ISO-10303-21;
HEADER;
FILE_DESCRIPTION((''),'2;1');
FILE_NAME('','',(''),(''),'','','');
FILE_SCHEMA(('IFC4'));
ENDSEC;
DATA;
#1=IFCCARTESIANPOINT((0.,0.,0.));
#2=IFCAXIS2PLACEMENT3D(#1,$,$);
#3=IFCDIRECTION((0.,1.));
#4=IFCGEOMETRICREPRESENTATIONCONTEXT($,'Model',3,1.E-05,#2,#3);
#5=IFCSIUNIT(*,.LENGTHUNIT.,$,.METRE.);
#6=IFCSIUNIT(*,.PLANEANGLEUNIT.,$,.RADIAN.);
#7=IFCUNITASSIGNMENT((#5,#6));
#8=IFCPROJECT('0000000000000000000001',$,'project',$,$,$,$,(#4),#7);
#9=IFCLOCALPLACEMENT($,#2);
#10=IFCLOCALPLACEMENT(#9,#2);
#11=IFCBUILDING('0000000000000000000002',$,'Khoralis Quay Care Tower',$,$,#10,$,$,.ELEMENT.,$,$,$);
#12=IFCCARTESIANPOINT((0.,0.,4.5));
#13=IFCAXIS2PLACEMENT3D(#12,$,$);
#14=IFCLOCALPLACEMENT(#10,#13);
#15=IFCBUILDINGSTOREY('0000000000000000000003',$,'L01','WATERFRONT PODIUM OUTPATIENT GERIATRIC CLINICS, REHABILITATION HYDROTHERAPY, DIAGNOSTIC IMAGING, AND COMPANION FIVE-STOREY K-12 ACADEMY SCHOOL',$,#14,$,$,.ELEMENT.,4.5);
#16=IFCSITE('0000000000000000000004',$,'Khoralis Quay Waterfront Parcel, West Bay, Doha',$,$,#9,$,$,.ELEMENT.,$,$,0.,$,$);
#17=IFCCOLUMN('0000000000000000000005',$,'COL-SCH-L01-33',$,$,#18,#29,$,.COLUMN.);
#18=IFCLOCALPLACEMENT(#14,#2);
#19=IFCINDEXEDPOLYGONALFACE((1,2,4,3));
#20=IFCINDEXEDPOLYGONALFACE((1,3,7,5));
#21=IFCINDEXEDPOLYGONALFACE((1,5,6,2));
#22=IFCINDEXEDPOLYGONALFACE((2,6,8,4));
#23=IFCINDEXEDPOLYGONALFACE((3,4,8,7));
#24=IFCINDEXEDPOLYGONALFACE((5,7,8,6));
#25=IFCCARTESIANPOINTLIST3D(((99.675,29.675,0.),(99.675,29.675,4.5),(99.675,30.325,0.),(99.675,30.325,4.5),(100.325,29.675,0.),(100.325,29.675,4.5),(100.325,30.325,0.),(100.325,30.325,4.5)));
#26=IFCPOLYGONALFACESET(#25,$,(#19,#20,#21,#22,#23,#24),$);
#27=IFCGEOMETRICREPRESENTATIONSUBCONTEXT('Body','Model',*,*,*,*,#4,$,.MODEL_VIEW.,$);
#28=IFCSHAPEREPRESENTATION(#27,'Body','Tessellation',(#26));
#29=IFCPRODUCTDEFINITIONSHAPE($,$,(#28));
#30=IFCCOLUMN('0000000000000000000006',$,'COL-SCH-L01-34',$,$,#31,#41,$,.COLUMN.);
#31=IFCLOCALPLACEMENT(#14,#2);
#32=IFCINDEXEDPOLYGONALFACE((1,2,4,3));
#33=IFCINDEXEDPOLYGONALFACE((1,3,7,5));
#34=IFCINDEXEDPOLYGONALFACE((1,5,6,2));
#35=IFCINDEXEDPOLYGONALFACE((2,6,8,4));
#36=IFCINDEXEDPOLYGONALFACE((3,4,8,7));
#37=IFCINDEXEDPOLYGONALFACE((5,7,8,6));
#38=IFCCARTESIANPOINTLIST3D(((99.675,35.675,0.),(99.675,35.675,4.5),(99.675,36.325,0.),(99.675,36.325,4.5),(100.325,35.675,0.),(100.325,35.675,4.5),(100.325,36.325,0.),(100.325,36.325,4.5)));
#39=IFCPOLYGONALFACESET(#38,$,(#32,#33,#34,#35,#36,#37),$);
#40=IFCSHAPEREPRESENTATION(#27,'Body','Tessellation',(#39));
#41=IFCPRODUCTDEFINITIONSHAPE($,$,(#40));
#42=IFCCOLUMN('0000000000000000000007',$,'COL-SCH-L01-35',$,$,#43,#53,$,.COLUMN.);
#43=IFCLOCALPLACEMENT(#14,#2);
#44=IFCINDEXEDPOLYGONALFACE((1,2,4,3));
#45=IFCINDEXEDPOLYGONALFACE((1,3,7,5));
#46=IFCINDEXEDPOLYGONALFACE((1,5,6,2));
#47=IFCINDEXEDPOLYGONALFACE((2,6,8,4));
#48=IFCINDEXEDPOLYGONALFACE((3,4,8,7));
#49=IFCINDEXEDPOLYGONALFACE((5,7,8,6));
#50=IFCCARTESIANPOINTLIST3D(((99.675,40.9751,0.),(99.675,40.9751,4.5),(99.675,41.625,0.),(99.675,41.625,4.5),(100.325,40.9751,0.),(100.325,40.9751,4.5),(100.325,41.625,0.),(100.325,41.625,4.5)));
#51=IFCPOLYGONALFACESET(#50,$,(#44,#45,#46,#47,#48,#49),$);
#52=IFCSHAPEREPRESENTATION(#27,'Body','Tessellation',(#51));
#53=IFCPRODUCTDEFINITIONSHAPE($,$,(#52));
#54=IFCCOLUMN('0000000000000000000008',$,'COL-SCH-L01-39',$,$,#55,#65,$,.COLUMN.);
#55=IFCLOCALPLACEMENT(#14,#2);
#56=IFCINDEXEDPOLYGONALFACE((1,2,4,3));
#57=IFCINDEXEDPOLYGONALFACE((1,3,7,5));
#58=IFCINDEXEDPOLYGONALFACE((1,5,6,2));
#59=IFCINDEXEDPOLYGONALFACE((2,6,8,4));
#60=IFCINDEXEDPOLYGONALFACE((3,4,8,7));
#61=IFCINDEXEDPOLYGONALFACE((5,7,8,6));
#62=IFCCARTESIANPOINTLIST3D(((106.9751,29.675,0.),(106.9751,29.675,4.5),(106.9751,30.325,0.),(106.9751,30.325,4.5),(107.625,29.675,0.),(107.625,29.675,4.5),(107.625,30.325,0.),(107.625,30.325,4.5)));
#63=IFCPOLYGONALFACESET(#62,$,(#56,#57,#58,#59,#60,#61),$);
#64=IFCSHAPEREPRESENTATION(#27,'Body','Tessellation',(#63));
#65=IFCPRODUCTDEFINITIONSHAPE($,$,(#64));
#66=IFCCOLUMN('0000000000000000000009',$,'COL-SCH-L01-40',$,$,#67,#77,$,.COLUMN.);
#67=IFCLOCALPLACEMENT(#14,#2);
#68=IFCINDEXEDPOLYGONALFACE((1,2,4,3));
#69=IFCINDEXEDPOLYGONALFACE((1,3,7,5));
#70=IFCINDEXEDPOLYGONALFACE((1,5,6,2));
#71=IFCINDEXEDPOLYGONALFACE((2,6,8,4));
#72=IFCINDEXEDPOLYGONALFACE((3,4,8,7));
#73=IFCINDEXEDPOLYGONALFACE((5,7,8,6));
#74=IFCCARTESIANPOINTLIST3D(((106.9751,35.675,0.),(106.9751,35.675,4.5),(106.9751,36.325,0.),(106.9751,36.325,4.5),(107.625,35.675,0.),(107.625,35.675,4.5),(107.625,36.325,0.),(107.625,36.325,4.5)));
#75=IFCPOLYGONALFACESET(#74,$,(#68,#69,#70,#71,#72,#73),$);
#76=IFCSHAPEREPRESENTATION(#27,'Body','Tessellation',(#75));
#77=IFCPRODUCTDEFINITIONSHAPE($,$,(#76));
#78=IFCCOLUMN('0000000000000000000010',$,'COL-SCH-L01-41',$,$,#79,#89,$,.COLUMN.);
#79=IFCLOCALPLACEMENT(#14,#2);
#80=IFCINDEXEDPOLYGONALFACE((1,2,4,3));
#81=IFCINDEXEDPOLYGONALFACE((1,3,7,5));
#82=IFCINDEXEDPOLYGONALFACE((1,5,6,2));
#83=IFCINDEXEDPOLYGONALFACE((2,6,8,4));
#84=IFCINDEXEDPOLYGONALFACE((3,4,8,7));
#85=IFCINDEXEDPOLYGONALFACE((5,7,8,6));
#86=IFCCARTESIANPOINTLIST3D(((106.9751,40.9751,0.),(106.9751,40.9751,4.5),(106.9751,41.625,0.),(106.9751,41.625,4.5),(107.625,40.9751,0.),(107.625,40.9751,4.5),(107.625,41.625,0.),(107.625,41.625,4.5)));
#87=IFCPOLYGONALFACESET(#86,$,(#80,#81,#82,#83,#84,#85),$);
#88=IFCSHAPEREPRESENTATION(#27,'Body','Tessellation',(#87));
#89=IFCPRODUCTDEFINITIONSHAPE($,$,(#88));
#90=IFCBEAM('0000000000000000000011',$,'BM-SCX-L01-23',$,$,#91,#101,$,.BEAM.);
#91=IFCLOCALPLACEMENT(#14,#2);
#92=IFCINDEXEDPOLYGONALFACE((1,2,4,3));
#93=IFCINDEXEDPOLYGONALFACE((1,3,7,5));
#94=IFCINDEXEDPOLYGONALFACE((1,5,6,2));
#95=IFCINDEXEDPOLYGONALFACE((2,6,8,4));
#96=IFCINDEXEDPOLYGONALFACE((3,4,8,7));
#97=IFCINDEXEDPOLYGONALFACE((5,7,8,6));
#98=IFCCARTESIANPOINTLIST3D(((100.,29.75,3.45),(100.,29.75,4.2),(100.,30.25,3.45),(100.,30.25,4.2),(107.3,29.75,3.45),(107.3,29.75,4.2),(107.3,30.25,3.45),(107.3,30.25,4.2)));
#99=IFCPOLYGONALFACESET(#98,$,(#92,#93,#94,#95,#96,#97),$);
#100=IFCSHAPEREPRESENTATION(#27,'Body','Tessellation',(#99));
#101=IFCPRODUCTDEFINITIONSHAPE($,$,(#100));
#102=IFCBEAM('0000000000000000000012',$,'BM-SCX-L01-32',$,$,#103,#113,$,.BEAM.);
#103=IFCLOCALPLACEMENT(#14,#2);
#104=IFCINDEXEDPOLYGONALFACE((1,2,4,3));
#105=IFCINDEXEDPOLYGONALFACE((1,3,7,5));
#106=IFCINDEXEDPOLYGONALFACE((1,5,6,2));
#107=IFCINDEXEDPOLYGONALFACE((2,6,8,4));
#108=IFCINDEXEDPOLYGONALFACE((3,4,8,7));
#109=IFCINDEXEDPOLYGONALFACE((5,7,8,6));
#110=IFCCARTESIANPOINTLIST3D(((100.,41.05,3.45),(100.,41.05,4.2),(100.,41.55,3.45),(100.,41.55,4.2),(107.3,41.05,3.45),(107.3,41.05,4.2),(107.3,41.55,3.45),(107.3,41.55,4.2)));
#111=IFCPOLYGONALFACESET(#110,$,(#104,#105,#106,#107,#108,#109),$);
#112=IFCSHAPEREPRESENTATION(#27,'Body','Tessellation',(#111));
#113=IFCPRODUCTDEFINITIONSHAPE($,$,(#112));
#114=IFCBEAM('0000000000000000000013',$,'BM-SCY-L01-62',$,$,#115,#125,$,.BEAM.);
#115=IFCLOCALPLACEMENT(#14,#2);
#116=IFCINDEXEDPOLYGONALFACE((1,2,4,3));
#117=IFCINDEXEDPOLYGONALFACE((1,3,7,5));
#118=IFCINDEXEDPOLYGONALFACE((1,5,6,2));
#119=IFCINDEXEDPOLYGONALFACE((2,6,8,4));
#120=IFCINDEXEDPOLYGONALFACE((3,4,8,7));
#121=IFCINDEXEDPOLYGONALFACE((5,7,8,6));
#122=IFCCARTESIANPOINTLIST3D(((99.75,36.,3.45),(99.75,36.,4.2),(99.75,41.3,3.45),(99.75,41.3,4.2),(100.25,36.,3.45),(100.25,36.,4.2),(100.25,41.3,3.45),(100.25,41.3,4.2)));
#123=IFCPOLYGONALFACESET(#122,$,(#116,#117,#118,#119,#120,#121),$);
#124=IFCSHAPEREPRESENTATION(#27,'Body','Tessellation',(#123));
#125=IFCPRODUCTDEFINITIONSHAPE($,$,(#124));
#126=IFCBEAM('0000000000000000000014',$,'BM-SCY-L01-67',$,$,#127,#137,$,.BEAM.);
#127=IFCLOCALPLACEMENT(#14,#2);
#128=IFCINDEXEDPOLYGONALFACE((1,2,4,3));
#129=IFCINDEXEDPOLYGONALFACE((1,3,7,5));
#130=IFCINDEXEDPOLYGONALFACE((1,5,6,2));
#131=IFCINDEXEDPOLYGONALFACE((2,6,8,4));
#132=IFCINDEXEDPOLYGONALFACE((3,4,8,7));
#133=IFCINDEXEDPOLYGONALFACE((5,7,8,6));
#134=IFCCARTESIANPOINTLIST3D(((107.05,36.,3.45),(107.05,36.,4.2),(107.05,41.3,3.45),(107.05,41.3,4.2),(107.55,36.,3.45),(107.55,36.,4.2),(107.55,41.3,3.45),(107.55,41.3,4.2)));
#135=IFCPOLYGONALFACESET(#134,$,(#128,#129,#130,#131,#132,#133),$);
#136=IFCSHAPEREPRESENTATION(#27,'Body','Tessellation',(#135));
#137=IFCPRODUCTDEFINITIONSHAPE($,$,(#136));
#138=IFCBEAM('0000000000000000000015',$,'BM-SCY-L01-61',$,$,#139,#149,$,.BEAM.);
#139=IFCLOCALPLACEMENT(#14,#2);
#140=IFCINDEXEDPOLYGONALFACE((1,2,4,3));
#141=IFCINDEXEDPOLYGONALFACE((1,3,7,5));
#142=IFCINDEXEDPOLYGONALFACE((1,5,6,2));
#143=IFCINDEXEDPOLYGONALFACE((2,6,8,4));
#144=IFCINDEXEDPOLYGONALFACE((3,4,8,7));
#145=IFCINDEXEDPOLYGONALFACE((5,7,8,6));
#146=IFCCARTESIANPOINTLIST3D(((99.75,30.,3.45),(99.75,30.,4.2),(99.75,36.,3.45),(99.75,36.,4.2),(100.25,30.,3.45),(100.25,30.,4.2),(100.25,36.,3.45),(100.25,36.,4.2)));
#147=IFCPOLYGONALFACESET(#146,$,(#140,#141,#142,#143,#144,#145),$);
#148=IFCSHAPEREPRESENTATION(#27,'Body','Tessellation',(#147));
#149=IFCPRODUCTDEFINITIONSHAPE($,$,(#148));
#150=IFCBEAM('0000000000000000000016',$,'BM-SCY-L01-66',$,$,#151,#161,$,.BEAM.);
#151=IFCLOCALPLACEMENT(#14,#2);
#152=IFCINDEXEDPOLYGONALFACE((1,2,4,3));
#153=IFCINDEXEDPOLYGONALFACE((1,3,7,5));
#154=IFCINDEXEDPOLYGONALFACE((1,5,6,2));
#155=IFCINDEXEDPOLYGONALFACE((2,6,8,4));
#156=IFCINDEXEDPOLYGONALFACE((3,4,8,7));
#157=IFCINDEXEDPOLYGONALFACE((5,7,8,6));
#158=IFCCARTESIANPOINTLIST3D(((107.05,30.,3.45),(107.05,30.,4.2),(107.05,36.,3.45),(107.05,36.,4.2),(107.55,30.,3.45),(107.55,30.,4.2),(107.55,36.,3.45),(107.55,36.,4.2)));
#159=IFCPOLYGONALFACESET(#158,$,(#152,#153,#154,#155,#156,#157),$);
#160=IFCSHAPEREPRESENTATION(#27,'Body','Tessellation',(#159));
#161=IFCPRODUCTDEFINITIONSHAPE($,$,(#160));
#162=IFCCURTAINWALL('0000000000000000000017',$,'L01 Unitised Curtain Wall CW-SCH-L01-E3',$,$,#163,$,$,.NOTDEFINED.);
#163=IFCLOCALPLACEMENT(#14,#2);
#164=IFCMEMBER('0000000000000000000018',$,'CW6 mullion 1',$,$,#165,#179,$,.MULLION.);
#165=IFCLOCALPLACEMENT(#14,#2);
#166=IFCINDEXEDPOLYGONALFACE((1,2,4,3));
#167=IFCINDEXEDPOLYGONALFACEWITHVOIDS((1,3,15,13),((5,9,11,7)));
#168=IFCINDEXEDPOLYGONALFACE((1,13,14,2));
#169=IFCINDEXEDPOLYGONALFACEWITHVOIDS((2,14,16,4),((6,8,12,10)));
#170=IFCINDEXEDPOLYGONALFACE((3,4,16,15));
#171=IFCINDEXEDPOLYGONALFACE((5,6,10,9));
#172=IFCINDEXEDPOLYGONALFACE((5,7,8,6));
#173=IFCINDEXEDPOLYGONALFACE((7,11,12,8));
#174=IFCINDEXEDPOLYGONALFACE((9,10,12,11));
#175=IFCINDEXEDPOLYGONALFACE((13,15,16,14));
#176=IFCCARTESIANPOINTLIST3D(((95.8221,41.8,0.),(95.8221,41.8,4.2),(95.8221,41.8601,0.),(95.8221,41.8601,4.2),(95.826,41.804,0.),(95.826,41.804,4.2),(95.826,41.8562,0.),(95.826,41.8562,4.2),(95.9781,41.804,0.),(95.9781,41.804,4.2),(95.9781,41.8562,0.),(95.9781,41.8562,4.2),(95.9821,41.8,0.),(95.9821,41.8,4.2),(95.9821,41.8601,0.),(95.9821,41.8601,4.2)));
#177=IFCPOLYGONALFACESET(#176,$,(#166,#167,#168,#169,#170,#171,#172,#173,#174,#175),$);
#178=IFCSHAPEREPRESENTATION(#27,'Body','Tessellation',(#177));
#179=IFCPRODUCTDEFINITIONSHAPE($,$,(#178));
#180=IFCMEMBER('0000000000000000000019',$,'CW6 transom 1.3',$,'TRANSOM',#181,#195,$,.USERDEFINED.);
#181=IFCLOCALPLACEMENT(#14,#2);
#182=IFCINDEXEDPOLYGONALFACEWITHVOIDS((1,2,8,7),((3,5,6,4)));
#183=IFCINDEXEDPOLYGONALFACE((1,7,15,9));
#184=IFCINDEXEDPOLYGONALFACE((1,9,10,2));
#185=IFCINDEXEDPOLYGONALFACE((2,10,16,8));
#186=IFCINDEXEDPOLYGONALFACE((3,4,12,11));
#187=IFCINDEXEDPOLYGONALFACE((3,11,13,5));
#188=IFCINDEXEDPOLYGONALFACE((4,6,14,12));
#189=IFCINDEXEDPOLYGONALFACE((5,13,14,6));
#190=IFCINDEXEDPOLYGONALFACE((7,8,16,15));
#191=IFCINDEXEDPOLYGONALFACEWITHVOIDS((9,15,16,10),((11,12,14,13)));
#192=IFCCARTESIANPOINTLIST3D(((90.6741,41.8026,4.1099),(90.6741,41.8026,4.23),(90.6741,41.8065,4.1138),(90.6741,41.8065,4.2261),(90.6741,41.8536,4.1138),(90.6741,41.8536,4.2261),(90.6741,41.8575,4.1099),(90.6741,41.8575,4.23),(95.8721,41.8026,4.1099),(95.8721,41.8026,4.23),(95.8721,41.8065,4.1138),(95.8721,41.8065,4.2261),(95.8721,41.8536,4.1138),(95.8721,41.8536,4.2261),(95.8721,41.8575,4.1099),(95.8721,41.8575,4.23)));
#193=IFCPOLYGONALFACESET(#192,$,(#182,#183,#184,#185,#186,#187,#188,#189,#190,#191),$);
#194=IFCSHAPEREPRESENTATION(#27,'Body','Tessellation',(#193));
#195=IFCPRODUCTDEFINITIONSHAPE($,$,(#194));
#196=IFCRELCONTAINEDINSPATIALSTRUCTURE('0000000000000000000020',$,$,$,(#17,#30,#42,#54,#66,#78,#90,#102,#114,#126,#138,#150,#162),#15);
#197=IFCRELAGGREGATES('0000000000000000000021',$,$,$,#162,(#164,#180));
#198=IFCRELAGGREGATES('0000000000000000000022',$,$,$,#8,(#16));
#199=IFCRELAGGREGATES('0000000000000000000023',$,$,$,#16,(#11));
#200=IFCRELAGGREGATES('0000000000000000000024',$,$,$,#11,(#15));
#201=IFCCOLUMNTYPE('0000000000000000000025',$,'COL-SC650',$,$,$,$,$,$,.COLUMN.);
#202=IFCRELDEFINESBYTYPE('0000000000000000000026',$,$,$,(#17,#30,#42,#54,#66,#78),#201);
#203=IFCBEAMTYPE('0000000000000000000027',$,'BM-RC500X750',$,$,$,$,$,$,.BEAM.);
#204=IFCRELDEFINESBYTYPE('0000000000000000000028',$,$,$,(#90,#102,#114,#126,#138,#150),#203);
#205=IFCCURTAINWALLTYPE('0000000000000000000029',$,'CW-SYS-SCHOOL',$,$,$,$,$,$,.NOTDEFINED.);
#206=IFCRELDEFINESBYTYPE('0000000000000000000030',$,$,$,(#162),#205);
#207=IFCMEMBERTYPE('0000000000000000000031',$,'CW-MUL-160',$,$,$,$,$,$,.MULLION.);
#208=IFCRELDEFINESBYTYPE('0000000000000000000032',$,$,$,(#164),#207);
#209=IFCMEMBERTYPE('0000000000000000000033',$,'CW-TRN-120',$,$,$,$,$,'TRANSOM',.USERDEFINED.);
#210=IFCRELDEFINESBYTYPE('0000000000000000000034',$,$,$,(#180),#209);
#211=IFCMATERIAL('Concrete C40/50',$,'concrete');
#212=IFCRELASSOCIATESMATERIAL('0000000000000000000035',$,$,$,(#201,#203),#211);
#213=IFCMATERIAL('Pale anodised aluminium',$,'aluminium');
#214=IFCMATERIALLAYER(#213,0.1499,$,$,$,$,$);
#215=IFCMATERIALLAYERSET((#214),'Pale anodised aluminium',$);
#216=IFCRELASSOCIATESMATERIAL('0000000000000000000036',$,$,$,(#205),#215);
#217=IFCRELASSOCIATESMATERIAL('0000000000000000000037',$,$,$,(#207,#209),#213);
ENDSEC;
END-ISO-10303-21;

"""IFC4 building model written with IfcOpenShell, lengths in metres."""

from ifc_helpers import new_model, si_unit, direction, frame, origin, origin_2d, place, context, subcontext, project, spatial, rectangle, hollow_rectangle, extrude, source, transform, mapped, material, layer, layer_set, material_profile, profile_set, type_object, element, aggregate, save


model = new_model("IFC4")

# Units and contexts
model_context = context("Model", 3, precision=1e-05, world=origin(), true_north=direction((0.0, 1.0)))
body_context = subcontext(model_context, "Body", "Model", "MODEL_VIEW")
ifc_project = project(units=[si_unit("LENGTHUNIT", "METRE"), si_unit("PLANEANGLEUNIT", "RADIAN")], contexts=[model_context])

# Site, building, storey
site_placement = place(None, origin())
site = spatial("IfcSite", under=ifc_project, at=site_placement, Name="Khoralis Quay Waterfront Parcel, West Bay, Doha", CompositionType="ELEMENT", RefElevation=0.0)
building_placement = place(site_placement, origin())
building = spatial("IfcBuilding", under=site, at=building_placement, Name="Khoralis Quay Care Tower", CompositionType="ELEMENT")
storey_placement = place(building_placement, frame((0.0, 0.0, 4.5)))
storey = spatial("IfcBuildingStorey", under=building, at=storey_placement, Name="L01", Description="WATERFRONT PODIUM OUTPATIENT GERIATRIC CLINICS, REHABILITATION HYDROTHERAPY, DIAGNOSTIC IMAGING, AND COMPANION FIVE-STOREY K-12 ACADEMY SCHOOL", CompositionType="ELEMENT", Elevation=4.5)

# Columns
ifc_material_1 = material(Name="Concrete C40/50", Category="concrete")
ifc_material_profile_1 = material_profile(ifc_material_1, rectangle(XDim=0.6499, YDim=0.6499, at=origin_2d()), Name="Concrete C40/50")
ifc_profile_set_1 = profile_set([ifc_material_profile_1], Name="Concrete C40/50")
column_type = type_object("IfcColumnType", Name="COL-SC650", PredefinedType="COLUMN", material=ifc_profile_set_1)
shared_shape_1 = source(origin(), body_context, "Body", "SweptSolid", [
    extrude(rectangle(XDim=0.6499, YDim=0.6499, at=origin_2d()), origin(), (0.0, 0.0, 1.0), 4.5),
])
for number, where, z_axis, x_axis, name in (
    (1, (100.0, 30.0, 0.0), (0.0, 0.0, 1.0), (1.0, 0.0, 0.0), "COL-SCH-L01-33"),
    (2, (100.0, 36.0, 0.0), (0.0, 0.0, 1.0), (1.0, 0.0, 0.0), "COL-SCH-L01-34"),
    (3, (100.0, 41.3, 0.0), (0.0, 0.0, 1.0), (1.0, 0.0, 0.0), "COL-SCH-L01-35"),
    (4, (107.3, 30.0, 0.0), (0.0, 0.0, 1.0), (1.0, 0.0, 0.0), "COL-SCH-L01-39"),
    (5, (107.3, 36.0, 0.0), (0.0, 0.0, 1.0), (1.0, 0.0, 0.0), "COL-SCH-L01-40"),
    (6, (107.3, 41.3, 0.0), (0.0, 0.0, 1.0), (1.0, 0.0, 0.0), "COL-SCH-L01-41"),
):
    element("IfcColumn", number, at=place(storey_placement, frame(where, z_axis=z_axis, x_axis=x_axis)), inside=storey, type_object=column_type, Name=name, PredefinedType="COLUMN", context=body_context, shape_type="MappedRepresentation", body=[
        mapped(shared_shape_1, transform((0.0, 0.0, 0.0), scale=1.0)),
    ])

# Beams
ifc_material_profile_2 = material_profile(ifc_material_1, rectangle(XDim=0.5, YDim=0.75, at=origin_2d()), Name="Concrete C40/50")
ifc_profile_set_2 = profile_set([ifc_material_profile_2], Name="Concrete C40/50")
beam_type = type_object("IfcBeamType", Name="BM-RC500X750", PredefinedType="BEAM", material=ifc_profile_set_2)
shared_shape_2 = source(origin(), body_context, "Body", "SweptSolid", [
    extrude(rectangle(XDim=0.5, YDim=0.75, at=origin_2d()), origin(), (0.0, 0.0, 1.0), 7.3),
])
for number, where, z_axis, x_axis, name in (
    (7, (100.0, 30.0, 3.825), (1.0, 0.0, 0.0), (0.0, 1.0, 0.0), "BM-SCX-L01-23"),
    (8, (100.0, 41.3, 3.825), (1.0, 0.0, 0.0), (0.0, 1.0, 0.0), "BM-SCX-L01-32"),
):
    element("IfcBeam", number, at=place(storey_placement, frame(where, z_axis=z_axis, x_axis=x_axis)), inside=storey, type_object=beam_type, Name=name, PredefinedType="BEAM", context=body_context, shape_type="MappedRepresentation", body=[
        mapped(shared_shape_2, transform((0.0, 0.0, 0.0), scale=1.0)),
    ])
shared_shape_3 = source(origin(), body_context, "Body", "SweptSolid", [
    extrude(rectangle(XDim=0.5, YDim=0.75, at=origin_2d()), origin(), (0.0, 0.0, 1.0), 5.3),
])
for number, where, z_axis, x_axis, name in (
    (9, (100.0, 36.0, 3.825), (0.0, 1.0, 0.0), (-1.0, 0.0, 0.0), "BM-SCY-L01-62"),
    (10, (107.3, 36.0, 3.825), (0.0, 1.0, 0.0), (-1.0, 0.0, 0.0), "BM-SCY-L01-67"),
):
    element("IfcBeam", number, at=place(storey_placement, frame(where, z_axis=z_axis, x_axis=x_axis)), inside=storey, type_object=beam_type, Name=name, PredefinedType="BEAM", context=body_context, shape_type="MappedRepresentation", body=[
        mapped(shared_shape_3, transform((0.0, 0.0, 0.0), scale=1.0)),
    ])
shared_shape_4 = source(origin(), body_context, "Body", "SweptSolid", [
    extrude(rectangle(XDim=0.5, YDim=0.75, at=origin_2d()), origin(), (0.0, 0.0, 1.0), 6.0),
])
for number, where, z_axis, x_axis, name in (
    (11, (100.0, 30.0, 3.825), (0.0, 1.0, 0.0), (-1.0, 0.0, 0.0), "BM-SCY-L01-61"),
    (12, (107.3, 30.0, 3.825), (0.0, 1.0, 0.0), (-1.0, 0.0, 0.0), "BM-SCY-L01-66"),
):
    element("IfcBeam", number, at=place(storey_placement, frame(where, z_axis=z_axis, x_axis=x_axis)), inside=storey, type_object=beam_type, Name=name, PredefinedType="BEAM", context=body_context, shape_type="MappedRepresentation", body=[
        mapped(shared_shape_4, transform((0.0, 0.0, 0.0), scale=1.0)),
    ])

# Curtain wall, members
ifc_material_2 = material(Name="Pale anodised aluminium", Category="aluminium")
ifc_layer_1 = layer(ifc_material_2, 0.1499)
ifc_layer_set_1 = layer_set([ifc_layer_1], Name="Pale anodised aluminium")
curtain_wall_type = type_object("IfcCurtainWallType", Name="CW-SYS-SCHOOL", PredefinedType="NOTDEFINED", material=ifc_layer_set_1)
curtain_wall_placement = place(storey_placement, origin())
curtain_wall = element("IfcCurtainWall", 13, at=curtain_wall_placement, inside=storey, type_object=curtain_wall_type, Name="L01 Unitised Curtain Wall CW-SCH-L01-E3", PredefinedType="NOTDEFINED")
ifc_material_profile_3 = material_profile(ifc_material_2, hollow_rectangle(XDim=0.0601, YDim=0.1599, WallThickness=0.0039, at=origin_2d()), Name="Pale anodised aluminium")
ifc_profile_set_3 = profile_set([ifc_material_profile_3], Name="Pale anodised aluminium")
member_type_1 = type_object("IfcMemberType", Name="CW-MUL-160", PredefinedType="MULLION", material=ifc_profile_set_3)
shared_shape_5 = source(origin(), body_context, "Body", "SweptSolid", [
    extrude(hollow_rectangle(XDim=0.0601, YDim=0.1599, WallThickness=0.0039, at=origin_2d()), origin(), (0.0, 0.0, 1.0), 4.2),
])
member_1_placement = place(storey_placement, frame((95.9021, 41.8301, 0.0), z_axis=(0.0, 0.0, 1.0), x_axis=(0.0, -1.0, 0.0)))
member_1 = element("IfcMember", 14, at=member_1_placement, type_object=member_type_1, Name="CW6 mullion 1", PredefinedType="MULLION", context=body_context, shape_type="MappedRepresentation", body=[
    mapped(shared_shape_5, transform((0.0, 0.0, 0.0), scale=1.0)),
])
ifc_material_profile_4 = material_profile(ifc_material_2, hollow_rectangle(XDim=0.0549, YDim=0.1201, WallThickness=0.0039, at=origin_2d()), Name="Pale anodised aluminium")
ifc_profile_set_4 = profile_set([ifc_material_profile_4], Name="Pale anodised aluminium")
member_type_2 = type_object("IfcMemberType", Name="CW-TRN-120", ElementType="TRANSOM", PredefinedType="USERDEFINED", material=ifc_profile_set_4)
shared_shape_6 = source(origin(), body_context, "Body", "SweptSolid", [
    extrude(hollow_rectangle(XDim=0.0549, YDim=0.1201, WallThickness=0.0039, at=origin_2d()), origin(), (0.0, 0.0, 1.0), 5.198),
])
member_2_placement = place(storey_placement, frame((95.8721, 41.8301, 4.1699), z_axis=(-1.0, 0.0, 0.0), x_axis=(0.0, -1.0, 0.0)))
member_2 = element("IfcMember", 15, at=member_2_placement, type_object=member_type_2, Name="CW6 transom 1.3", ObjectType="TRANSOM", PredefinedType="USERDEFINED", context=body_context, shape_type="MappedRepresentation", body=[
    mapped(shared_shape_6, transform((0.0, 0.0, 0.0), scale=1.0)),
])
aggregate(curtain_wall, [member_1, member_2])

save(model, "model.ifc")
